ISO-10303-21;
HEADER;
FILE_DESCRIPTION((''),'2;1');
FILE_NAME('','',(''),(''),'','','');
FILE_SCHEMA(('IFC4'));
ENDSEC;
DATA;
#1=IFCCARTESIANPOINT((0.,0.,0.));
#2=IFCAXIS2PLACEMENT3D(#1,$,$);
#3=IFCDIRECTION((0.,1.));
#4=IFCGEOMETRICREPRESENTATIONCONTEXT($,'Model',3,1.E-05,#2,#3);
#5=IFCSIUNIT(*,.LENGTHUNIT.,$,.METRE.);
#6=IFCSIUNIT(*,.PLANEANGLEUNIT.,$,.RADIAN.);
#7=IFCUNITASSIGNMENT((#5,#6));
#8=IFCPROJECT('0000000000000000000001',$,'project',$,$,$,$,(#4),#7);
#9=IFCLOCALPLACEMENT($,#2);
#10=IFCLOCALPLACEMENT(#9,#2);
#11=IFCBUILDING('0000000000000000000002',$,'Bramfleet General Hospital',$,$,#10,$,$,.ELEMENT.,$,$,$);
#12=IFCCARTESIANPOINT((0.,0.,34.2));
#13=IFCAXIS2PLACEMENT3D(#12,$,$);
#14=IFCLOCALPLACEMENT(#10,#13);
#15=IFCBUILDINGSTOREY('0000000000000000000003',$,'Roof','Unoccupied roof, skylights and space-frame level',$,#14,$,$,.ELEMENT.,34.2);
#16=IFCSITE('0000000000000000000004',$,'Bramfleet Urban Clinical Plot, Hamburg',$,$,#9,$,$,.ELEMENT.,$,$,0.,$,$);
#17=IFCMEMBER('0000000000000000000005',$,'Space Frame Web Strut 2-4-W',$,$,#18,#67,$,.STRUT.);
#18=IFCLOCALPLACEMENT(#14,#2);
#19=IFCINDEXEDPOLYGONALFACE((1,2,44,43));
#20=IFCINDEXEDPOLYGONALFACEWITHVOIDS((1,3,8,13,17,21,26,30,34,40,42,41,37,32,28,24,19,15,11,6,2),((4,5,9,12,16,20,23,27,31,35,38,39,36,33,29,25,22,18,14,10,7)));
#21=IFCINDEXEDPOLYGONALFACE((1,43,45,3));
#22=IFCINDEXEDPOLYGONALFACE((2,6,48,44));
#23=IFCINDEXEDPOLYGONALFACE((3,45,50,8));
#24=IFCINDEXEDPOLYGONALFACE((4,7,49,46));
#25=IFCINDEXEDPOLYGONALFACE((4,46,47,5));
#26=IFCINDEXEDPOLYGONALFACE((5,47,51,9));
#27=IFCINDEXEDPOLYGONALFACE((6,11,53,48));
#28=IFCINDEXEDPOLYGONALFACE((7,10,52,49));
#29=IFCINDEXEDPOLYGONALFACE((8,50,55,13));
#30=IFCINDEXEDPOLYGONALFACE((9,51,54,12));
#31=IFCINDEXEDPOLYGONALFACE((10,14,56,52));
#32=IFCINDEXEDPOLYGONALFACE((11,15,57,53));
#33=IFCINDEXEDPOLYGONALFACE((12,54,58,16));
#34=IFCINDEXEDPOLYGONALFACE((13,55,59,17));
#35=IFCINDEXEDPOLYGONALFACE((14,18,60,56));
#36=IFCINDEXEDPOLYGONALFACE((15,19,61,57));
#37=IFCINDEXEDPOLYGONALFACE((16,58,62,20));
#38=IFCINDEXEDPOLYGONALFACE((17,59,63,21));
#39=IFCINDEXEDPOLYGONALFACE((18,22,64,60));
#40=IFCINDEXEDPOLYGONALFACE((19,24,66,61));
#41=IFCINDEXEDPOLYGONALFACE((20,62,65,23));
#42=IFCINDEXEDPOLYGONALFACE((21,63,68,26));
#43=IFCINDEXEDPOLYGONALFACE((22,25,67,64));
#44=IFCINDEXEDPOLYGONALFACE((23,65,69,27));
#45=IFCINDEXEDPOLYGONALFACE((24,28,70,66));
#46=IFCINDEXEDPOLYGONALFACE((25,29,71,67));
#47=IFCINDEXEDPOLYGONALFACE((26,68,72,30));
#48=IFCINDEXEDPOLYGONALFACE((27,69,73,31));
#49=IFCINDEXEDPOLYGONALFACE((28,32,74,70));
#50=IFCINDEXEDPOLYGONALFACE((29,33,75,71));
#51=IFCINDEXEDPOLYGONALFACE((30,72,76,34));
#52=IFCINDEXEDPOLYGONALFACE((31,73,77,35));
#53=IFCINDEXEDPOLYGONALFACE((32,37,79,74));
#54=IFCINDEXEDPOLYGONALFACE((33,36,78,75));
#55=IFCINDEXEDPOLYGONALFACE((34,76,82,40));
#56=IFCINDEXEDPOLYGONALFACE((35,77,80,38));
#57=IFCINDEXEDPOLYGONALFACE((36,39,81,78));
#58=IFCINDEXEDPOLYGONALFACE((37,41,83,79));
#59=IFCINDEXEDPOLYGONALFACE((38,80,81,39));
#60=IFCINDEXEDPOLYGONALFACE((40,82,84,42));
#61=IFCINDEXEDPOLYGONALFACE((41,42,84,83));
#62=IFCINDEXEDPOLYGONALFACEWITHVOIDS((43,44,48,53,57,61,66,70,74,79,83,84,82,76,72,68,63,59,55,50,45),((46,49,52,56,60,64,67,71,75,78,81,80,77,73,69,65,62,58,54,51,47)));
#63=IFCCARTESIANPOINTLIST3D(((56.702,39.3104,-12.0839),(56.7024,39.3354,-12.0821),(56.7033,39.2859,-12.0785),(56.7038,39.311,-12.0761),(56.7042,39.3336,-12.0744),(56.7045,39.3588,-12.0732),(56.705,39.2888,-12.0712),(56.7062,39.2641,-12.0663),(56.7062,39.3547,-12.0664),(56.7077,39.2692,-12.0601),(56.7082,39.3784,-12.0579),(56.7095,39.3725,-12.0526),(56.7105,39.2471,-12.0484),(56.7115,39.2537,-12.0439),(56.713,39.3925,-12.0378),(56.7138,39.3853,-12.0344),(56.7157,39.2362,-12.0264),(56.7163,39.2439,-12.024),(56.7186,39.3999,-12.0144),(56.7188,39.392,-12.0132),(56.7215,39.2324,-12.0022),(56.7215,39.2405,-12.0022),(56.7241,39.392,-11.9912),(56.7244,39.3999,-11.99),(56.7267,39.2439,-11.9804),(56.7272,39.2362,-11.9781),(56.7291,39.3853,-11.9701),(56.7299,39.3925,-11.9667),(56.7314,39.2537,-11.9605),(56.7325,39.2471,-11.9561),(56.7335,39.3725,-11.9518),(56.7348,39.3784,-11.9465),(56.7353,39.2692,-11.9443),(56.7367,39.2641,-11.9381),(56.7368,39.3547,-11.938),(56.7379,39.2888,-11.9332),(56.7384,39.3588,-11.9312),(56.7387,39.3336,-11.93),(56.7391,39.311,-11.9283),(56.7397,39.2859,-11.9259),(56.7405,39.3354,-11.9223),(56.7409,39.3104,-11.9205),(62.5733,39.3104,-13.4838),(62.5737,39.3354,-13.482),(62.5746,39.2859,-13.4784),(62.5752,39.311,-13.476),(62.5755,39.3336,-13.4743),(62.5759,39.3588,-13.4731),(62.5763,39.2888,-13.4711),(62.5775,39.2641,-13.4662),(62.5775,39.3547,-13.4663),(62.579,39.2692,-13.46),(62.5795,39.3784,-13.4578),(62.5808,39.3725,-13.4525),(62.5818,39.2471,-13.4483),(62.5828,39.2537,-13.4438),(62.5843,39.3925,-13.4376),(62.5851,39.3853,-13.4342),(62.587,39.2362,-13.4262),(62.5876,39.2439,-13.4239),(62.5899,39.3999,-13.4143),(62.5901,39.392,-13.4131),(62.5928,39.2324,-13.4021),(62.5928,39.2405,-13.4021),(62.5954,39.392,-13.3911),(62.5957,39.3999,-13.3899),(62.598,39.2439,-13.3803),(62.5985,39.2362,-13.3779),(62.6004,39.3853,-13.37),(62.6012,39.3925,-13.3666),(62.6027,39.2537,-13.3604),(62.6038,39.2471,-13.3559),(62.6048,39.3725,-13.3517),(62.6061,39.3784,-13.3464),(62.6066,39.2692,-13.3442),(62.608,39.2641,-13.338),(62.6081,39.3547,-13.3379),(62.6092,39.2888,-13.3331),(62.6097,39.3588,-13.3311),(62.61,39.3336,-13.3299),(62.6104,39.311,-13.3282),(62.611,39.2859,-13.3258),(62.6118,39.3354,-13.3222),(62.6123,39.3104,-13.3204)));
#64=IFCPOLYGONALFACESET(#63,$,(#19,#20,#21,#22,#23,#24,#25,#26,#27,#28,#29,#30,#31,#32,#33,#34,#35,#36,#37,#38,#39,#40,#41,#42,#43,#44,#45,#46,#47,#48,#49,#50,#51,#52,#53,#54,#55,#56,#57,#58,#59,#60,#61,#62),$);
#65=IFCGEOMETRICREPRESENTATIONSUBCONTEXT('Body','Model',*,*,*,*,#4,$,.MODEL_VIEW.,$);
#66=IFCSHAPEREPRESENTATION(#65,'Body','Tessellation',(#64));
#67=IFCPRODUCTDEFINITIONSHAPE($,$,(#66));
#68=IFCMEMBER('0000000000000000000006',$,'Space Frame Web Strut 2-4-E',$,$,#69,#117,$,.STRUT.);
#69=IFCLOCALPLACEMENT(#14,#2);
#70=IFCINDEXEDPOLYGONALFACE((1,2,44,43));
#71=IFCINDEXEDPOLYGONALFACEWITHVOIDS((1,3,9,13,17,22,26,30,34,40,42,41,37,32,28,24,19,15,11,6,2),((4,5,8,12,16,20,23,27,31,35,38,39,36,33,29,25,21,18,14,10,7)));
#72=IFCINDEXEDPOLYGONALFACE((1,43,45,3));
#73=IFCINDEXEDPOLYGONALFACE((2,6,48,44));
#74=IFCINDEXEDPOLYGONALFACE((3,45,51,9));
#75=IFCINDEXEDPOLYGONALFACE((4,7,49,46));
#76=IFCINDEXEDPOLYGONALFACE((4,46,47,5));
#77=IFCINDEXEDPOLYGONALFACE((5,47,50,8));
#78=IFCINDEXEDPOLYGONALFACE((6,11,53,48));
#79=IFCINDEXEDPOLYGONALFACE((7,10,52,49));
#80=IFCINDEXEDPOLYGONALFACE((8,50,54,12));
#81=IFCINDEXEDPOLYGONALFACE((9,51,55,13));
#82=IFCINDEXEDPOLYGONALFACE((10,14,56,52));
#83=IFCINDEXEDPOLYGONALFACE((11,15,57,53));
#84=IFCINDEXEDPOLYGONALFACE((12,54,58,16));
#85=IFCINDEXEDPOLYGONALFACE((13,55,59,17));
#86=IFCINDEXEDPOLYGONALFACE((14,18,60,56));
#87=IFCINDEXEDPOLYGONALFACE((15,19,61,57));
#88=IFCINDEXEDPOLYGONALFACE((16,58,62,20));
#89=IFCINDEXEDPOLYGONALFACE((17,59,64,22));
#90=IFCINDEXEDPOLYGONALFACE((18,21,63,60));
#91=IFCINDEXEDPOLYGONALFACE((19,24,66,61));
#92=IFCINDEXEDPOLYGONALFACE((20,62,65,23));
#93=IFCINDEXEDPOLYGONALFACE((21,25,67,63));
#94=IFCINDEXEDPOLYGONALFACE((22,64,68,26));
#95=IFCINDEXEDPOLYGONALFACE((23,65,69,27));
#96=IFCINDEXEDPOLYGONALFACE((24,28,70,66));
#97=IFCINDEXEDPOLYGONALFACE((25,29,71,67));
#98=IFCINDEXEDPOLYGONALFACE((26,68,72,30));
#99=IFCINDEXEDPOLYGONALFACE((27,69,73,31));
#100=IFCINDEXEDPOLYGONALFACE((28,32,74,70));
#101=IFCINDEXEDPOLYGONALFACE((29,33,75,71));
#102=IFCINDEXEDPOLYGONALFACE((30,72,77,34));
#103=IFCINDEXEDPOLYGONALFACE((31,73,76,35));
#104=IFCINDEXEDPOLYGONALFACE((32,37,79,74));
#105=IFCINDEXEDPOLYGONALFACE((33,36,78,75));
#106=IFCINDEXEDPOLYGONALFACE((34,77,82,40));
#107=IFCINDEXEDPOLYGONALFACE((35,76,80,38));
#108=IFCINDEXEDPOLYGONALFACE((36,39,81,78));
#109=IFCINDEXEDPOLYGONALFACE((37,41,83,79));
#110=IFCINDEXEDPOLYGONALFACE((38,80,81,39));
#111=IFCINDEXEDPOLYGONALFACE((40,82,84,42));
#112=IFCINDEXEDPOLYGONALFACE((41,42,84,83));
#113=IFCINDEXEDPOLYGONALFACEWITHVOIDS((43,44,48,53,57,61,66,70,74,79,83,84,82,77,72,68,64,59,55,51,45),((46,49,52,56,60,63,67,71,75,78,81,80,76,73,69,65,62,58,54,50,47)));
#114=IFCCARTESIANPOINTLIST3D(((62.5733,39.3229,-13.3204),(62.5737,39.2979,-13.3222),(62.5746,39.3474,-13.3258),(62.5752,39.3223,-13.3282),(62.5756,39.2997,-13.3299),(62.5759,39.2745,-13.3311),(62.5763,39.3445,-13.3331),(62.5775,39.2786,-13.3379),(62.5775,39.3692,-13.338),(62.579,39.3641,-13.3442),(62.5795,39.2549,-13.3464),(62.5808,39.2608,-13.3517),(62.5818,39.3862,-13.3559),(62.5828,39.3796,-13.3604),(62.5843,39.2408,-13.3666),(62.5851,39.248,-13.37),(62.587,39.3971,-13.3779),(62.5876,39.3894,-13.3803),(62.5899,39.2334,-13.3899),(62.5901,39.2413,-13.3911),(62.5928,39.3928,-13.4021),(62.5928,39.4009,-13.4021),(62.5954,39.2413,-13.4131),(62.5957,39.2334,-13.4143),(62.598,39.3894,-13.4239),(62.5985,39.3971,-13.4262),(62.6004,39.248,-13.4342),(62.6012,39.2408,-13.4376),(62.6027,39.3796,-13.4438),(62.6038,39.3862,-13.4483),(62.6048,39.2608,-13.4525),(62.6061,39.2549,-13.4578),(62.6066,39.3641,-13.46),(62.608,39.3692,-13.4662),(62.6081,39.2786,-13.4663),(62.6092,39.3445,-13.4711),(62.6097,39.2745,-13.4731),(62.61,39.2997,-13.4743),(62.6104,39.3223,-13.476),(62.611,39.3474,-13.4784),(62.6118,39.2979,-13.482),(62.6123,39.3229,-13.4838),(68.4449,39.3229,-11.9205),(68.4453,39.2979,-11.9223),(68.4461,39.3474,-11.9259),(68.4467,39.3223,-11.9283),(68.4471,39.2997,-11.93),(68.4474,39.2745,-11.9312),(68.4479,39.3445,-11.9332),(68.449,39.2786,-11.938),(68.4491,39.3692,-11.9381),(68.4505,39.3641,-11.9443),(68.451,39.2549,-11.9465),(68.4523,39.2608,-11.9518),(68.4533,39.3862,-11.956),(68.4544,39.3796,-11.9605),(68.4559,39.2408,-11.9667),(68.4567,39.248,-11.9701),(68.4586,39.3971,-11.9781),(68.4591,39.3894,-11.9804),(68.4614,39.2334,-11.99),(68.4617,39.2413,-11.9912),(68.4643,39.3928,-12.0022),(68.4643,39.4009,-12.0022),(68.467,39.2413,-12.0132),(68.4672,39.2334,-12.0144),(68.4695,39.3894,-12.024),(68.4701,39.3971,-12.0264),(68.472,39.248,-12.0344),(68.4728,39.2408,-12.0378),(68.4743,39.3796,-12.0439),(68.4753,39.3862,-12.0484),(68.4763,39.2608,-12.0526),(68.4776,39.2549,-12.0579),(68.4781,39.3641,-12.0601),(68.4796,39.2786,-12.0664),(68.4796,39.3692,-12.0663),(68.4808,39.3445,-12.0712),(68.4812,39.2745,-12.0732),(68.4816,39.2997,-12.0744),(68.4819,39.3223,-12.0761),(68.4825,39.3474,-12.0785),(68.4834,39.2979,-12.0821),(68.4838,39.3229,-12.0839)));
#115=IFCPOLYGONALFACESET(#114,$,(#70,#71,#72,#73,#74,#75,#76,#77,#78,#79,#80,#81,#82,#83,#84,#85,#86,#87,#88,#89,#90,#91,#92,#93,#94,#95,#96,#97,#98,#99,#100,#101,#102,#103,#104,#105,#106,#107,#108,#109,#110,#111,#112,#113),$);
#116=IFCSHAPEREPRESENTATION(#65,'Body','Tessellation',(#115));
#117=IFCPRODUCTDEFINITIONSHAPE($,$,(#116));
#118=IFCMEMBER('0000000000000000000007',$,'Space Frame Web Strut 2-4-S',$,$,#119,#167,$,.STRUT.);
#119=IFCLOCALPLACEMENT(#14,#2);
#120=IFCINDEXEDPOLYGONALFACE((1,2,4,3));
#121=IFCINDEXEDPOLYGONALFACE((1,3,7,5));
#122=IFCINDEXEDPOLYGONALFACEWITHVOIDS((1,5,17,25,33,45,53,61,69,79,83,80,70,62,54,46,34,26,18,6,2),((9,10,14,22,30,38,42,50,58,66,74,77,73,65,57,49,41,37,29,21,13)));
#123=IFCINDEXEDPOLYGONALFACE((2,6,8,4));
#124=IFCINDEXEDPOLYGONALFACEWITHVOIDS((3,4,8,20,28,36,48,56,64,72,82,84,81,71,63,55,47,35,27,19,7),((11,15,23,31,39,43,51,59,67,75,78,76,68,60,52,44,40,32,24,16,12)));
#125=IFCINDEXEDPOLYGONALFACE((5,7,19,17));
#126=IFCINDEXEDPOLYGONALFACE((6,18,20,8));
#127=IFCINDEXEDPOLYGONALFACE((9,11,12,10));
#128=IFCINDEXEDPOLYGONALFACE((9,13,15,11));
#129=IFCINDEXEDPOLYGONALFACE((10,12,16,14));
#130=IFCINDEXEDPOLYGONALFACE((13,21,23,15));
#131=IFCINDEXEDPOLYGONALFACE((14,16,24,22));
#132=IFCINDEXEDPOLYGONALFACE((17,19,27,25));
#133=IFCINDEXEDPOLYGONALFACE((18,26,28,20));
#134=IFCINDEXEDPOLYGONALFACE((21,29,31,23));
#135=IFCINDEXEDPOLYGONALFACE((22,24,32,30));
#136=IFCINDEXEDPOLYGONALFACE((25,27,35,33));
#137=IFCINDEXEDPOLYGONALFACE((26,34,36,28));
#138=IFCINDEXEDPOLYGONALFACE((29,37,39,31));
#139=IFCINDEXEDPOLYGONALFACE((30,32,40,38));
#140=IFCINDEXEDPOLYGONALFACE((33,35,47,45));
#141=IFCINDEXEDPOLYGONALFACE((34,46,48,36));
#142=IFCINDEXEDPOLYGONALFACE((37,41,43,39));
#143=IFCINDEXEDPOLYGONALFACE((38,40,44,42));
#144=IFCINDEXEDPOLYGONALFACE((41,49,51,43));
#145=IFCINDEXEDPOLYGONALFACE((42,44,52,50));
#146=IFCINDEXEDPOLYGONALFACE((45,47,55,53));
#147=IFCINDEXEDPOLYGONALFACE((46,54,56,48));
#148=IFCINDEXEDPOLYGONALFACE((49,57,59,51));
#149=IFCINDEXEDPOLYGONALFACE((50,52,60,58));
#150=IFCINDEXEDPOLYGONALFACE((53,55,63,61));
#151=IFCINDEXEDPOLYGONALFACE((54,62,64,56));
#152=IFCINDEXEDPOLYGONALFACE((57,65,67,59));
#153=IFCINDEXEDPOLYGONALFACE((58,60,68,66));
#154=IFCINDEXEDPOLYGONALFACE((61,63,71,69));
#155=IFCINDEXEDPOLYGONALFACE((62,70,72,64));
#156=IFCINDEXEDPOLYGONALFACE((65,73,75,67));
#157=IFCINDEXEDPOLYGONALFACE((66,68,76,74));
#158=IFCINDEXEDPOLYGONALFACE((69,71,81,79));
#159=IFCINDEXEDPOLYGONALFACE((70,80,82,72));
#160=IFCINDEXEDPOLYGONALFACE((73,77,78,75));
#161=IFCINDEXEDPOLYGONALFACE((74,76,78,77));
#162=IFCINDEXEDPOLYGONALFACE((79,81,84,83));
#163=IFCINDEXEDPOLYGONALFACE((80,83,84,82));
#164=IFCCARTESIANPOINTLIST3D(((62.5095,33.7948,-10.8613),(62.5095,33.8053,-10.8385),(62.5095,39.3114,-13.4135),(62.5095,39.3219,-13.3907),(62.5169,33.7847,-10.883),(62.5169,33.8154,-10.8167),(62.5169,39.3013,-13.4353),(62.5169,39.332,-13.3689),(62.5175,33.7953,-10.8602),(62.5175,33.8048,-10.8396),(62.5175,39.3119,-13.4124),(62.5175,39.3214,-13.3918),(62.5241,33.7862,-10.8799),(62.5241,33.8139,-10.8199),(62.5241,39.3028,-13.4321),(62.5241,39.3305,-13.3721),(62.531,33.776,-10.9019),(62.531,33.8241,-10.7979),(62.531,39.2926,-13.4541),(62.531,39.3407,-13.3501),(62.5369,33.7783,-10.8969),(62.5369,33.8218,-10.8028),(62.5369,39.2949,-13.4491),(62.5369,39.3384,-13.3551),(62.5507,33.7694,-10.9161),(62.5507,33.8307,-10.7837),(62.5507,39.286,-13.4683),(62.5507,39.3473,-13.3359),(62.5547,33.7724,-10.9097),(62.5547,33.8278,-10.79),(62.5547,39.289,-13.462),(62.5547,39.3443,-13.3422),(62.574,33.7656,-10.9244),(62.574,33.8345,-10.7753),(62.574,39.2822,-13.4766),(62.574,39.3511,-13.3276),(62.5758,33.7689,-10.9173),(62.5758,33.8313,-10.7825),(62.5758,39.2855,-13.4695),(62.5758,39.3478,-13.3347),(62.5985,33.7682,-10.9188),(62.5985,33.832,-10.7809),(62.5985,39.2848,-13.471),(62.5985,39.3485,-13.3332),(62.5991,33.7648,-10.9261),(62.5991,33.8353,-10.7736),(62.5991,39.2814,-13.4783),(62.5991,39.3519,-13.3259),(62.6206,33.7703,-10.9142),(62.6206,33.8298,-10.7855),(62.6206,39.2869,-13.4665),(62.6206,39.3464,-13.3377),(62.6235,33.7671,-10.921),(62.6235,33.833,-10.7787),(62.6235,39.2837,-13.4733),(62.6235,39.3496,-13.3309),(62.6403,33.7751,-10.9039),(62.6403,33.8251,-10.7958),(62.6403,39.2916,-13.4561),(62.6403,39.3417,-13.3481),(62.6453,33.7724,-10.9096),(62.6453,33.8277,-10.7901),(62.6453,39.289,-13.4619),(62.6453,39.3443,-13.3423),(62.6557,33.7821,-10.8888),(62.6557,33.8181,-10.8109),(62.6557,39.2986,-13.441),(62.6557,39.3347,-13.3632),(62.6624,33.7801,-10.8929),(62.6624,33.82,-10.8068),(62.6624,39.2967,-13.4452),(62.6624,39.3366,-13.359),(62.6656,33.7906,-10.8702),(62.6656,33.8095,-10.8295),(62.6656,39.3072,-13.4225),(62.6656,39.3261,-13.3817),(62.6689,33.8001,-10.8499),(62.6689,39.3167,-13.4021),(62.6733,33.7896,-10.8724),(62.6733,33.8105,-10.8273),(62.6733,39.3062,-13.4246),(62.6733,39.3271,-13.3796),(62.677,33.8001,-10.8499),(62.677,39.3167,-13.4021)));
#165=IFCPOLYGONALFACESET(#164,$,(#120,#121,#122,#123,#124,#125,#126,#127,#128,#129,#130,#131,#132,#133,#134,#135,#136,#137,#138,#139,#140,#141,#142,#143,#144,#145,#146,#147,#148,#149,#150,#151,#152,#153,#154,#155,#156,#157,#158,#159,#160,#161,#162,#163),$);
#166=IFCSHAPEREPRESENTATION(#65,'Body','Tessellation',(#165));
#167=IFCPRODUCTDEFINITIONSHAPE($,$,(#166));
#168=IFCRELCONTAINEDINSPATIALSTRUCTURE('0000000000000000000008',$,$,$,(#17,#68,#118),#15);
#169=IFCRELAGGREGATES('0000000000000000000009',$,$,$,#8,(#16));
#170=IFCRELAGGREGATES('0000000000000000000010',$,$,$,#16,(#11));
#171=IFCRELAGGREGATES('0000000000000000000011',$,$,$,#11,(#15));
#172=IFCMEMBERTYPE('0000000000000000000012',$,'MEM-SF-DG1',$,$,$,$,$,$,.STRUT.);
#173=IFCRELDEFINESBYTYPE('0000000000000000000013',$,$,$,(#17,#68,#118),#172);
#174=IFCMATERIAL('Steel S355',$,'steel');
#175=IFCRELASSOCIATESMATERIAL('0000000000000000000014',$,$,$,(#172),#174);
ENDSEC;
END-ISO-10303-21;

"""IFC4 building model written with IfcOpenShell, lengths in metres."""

from ifc_helpers import new_model, si_unit, direction, frame, origin, origin_2d, place, context, subcontext, project, spatial, hollow_circle, extrude, material, material_profile, profile_set, type_object, element, save


model = new_model("IFC4")

# Units and contexts
model_context = context("Model", 3, precision=1e-05, world=origin(), true_north=direction((0.0, 1.0)))
body_context = subcontext(model_context, "Body", "Model", "MODEL_VIEW")
ifc_project = project(units=[si_unit("LENGTHUNIT", "METRE"), si_unit("PLANEANGLEUNIT", "RADIAN")], contexts=[model_context])

# Site, building, storey
site_placement = place(None, origin())
site = spatial("IfcSite", under=ifc_project, at=site_placement, Name="Bramfleet Urban Clinical Plot, Hamburg", CompositionType="ELEMENT", RefElevation=0.0)
building_placement = place(site_placement, origin())
building = spatial("IfcBuilding", under=site, at=building_placement, Name="Bramfleet General Hospital", CompositionType="ELEMENT")
storey_placement = place(building_placement, frame((0.0, 0.0, 34.2)))
storey = spatial("IfcBuildingStorey", under=building, at=storey_placement, Name="Roof", Description="Unoccupied roof, skylights and space-frame level", CompositionType="ELEMENT", Elevation=34.2)

# Members
ifc_material = material(Name="Steel S355", Category="steel")
ifc_material_profile_1 = material_profile(ifc_material, hollow_circle(Radius=0.0842, WallThickness=0.0081, at=origin_2d()), Name="CHS 168.3x8.0")
ifc_profile_set_1 = profile_set([ifc_material_profile_1], Name="Steel S355")
member_type_1 = type_object("IfcMemberType", Name="MEM-SF-DG1", PredefinedType="STRUT", material=ifc_profile_set_1)
member_1_placement = place(storey_placement, frame((62.5928, 39.3167, -13.4021), z_axis=(-0.972733, 0.0, 0.231929), x_axis=(0.0, -1.0, 0.0)))
element("IfcMember", 1, at=member_1_placement, inside=storey, type_object=member_type_1, Name="Space Frame Web Strut 2-4-W", PredefinedType="STRUT", context=body_context, shape_type="SweptSolid", body=[
    extrude(hollow_circle(Radius=0.0842, WallThickness=0.0081, at=origin_2d()), origin(), (0.0, 0.0, 1.0), 6.0359),
])
member_2_placement = place(storey_placement, frame((62.5928, 39.3167, -13.4021), z_axis=(0.972735, 0.0, 0.231919), x_axis=(0.0, 1.0, 0.0)))
element("IfcMember", 2, at=member_2_placement, inside=storey, type_object=member_type_1, Name="Space Frame Web Strut 2-4-E", PredefinedType="STRUT", context=body_context, shape_type="SweptSolid", body=[
    extrude(hollow_circle(Radius=0.0842, WallThickness=0.0081, at=origin_2d()), origin(), (0.0, 0.0, 1.0), 6.0361),
])
member_3_placement = place(storey_placement, frame((62.5928, 39.3167, -13.4021), z_axis=(0.0, -0.907576, 0.419888), x_axis=(1.0, 0.0, 0.0)))
element("IfcMember", 3, at=member_3_placement, inside=storey, type_object=member_type_1, Name="Space Frame Web Strut 2-4-S", PredefinedType="STRUT", context=body_context, shape_type="SweptSolid", body=[
    extrude(hollow_circle(Radius=0.0842, WallThickness=0.0081, at=origin_2d()), origin(), (0.0, 0.0, 1.0), 6.0784),
])

save(model, "model.ifc")
